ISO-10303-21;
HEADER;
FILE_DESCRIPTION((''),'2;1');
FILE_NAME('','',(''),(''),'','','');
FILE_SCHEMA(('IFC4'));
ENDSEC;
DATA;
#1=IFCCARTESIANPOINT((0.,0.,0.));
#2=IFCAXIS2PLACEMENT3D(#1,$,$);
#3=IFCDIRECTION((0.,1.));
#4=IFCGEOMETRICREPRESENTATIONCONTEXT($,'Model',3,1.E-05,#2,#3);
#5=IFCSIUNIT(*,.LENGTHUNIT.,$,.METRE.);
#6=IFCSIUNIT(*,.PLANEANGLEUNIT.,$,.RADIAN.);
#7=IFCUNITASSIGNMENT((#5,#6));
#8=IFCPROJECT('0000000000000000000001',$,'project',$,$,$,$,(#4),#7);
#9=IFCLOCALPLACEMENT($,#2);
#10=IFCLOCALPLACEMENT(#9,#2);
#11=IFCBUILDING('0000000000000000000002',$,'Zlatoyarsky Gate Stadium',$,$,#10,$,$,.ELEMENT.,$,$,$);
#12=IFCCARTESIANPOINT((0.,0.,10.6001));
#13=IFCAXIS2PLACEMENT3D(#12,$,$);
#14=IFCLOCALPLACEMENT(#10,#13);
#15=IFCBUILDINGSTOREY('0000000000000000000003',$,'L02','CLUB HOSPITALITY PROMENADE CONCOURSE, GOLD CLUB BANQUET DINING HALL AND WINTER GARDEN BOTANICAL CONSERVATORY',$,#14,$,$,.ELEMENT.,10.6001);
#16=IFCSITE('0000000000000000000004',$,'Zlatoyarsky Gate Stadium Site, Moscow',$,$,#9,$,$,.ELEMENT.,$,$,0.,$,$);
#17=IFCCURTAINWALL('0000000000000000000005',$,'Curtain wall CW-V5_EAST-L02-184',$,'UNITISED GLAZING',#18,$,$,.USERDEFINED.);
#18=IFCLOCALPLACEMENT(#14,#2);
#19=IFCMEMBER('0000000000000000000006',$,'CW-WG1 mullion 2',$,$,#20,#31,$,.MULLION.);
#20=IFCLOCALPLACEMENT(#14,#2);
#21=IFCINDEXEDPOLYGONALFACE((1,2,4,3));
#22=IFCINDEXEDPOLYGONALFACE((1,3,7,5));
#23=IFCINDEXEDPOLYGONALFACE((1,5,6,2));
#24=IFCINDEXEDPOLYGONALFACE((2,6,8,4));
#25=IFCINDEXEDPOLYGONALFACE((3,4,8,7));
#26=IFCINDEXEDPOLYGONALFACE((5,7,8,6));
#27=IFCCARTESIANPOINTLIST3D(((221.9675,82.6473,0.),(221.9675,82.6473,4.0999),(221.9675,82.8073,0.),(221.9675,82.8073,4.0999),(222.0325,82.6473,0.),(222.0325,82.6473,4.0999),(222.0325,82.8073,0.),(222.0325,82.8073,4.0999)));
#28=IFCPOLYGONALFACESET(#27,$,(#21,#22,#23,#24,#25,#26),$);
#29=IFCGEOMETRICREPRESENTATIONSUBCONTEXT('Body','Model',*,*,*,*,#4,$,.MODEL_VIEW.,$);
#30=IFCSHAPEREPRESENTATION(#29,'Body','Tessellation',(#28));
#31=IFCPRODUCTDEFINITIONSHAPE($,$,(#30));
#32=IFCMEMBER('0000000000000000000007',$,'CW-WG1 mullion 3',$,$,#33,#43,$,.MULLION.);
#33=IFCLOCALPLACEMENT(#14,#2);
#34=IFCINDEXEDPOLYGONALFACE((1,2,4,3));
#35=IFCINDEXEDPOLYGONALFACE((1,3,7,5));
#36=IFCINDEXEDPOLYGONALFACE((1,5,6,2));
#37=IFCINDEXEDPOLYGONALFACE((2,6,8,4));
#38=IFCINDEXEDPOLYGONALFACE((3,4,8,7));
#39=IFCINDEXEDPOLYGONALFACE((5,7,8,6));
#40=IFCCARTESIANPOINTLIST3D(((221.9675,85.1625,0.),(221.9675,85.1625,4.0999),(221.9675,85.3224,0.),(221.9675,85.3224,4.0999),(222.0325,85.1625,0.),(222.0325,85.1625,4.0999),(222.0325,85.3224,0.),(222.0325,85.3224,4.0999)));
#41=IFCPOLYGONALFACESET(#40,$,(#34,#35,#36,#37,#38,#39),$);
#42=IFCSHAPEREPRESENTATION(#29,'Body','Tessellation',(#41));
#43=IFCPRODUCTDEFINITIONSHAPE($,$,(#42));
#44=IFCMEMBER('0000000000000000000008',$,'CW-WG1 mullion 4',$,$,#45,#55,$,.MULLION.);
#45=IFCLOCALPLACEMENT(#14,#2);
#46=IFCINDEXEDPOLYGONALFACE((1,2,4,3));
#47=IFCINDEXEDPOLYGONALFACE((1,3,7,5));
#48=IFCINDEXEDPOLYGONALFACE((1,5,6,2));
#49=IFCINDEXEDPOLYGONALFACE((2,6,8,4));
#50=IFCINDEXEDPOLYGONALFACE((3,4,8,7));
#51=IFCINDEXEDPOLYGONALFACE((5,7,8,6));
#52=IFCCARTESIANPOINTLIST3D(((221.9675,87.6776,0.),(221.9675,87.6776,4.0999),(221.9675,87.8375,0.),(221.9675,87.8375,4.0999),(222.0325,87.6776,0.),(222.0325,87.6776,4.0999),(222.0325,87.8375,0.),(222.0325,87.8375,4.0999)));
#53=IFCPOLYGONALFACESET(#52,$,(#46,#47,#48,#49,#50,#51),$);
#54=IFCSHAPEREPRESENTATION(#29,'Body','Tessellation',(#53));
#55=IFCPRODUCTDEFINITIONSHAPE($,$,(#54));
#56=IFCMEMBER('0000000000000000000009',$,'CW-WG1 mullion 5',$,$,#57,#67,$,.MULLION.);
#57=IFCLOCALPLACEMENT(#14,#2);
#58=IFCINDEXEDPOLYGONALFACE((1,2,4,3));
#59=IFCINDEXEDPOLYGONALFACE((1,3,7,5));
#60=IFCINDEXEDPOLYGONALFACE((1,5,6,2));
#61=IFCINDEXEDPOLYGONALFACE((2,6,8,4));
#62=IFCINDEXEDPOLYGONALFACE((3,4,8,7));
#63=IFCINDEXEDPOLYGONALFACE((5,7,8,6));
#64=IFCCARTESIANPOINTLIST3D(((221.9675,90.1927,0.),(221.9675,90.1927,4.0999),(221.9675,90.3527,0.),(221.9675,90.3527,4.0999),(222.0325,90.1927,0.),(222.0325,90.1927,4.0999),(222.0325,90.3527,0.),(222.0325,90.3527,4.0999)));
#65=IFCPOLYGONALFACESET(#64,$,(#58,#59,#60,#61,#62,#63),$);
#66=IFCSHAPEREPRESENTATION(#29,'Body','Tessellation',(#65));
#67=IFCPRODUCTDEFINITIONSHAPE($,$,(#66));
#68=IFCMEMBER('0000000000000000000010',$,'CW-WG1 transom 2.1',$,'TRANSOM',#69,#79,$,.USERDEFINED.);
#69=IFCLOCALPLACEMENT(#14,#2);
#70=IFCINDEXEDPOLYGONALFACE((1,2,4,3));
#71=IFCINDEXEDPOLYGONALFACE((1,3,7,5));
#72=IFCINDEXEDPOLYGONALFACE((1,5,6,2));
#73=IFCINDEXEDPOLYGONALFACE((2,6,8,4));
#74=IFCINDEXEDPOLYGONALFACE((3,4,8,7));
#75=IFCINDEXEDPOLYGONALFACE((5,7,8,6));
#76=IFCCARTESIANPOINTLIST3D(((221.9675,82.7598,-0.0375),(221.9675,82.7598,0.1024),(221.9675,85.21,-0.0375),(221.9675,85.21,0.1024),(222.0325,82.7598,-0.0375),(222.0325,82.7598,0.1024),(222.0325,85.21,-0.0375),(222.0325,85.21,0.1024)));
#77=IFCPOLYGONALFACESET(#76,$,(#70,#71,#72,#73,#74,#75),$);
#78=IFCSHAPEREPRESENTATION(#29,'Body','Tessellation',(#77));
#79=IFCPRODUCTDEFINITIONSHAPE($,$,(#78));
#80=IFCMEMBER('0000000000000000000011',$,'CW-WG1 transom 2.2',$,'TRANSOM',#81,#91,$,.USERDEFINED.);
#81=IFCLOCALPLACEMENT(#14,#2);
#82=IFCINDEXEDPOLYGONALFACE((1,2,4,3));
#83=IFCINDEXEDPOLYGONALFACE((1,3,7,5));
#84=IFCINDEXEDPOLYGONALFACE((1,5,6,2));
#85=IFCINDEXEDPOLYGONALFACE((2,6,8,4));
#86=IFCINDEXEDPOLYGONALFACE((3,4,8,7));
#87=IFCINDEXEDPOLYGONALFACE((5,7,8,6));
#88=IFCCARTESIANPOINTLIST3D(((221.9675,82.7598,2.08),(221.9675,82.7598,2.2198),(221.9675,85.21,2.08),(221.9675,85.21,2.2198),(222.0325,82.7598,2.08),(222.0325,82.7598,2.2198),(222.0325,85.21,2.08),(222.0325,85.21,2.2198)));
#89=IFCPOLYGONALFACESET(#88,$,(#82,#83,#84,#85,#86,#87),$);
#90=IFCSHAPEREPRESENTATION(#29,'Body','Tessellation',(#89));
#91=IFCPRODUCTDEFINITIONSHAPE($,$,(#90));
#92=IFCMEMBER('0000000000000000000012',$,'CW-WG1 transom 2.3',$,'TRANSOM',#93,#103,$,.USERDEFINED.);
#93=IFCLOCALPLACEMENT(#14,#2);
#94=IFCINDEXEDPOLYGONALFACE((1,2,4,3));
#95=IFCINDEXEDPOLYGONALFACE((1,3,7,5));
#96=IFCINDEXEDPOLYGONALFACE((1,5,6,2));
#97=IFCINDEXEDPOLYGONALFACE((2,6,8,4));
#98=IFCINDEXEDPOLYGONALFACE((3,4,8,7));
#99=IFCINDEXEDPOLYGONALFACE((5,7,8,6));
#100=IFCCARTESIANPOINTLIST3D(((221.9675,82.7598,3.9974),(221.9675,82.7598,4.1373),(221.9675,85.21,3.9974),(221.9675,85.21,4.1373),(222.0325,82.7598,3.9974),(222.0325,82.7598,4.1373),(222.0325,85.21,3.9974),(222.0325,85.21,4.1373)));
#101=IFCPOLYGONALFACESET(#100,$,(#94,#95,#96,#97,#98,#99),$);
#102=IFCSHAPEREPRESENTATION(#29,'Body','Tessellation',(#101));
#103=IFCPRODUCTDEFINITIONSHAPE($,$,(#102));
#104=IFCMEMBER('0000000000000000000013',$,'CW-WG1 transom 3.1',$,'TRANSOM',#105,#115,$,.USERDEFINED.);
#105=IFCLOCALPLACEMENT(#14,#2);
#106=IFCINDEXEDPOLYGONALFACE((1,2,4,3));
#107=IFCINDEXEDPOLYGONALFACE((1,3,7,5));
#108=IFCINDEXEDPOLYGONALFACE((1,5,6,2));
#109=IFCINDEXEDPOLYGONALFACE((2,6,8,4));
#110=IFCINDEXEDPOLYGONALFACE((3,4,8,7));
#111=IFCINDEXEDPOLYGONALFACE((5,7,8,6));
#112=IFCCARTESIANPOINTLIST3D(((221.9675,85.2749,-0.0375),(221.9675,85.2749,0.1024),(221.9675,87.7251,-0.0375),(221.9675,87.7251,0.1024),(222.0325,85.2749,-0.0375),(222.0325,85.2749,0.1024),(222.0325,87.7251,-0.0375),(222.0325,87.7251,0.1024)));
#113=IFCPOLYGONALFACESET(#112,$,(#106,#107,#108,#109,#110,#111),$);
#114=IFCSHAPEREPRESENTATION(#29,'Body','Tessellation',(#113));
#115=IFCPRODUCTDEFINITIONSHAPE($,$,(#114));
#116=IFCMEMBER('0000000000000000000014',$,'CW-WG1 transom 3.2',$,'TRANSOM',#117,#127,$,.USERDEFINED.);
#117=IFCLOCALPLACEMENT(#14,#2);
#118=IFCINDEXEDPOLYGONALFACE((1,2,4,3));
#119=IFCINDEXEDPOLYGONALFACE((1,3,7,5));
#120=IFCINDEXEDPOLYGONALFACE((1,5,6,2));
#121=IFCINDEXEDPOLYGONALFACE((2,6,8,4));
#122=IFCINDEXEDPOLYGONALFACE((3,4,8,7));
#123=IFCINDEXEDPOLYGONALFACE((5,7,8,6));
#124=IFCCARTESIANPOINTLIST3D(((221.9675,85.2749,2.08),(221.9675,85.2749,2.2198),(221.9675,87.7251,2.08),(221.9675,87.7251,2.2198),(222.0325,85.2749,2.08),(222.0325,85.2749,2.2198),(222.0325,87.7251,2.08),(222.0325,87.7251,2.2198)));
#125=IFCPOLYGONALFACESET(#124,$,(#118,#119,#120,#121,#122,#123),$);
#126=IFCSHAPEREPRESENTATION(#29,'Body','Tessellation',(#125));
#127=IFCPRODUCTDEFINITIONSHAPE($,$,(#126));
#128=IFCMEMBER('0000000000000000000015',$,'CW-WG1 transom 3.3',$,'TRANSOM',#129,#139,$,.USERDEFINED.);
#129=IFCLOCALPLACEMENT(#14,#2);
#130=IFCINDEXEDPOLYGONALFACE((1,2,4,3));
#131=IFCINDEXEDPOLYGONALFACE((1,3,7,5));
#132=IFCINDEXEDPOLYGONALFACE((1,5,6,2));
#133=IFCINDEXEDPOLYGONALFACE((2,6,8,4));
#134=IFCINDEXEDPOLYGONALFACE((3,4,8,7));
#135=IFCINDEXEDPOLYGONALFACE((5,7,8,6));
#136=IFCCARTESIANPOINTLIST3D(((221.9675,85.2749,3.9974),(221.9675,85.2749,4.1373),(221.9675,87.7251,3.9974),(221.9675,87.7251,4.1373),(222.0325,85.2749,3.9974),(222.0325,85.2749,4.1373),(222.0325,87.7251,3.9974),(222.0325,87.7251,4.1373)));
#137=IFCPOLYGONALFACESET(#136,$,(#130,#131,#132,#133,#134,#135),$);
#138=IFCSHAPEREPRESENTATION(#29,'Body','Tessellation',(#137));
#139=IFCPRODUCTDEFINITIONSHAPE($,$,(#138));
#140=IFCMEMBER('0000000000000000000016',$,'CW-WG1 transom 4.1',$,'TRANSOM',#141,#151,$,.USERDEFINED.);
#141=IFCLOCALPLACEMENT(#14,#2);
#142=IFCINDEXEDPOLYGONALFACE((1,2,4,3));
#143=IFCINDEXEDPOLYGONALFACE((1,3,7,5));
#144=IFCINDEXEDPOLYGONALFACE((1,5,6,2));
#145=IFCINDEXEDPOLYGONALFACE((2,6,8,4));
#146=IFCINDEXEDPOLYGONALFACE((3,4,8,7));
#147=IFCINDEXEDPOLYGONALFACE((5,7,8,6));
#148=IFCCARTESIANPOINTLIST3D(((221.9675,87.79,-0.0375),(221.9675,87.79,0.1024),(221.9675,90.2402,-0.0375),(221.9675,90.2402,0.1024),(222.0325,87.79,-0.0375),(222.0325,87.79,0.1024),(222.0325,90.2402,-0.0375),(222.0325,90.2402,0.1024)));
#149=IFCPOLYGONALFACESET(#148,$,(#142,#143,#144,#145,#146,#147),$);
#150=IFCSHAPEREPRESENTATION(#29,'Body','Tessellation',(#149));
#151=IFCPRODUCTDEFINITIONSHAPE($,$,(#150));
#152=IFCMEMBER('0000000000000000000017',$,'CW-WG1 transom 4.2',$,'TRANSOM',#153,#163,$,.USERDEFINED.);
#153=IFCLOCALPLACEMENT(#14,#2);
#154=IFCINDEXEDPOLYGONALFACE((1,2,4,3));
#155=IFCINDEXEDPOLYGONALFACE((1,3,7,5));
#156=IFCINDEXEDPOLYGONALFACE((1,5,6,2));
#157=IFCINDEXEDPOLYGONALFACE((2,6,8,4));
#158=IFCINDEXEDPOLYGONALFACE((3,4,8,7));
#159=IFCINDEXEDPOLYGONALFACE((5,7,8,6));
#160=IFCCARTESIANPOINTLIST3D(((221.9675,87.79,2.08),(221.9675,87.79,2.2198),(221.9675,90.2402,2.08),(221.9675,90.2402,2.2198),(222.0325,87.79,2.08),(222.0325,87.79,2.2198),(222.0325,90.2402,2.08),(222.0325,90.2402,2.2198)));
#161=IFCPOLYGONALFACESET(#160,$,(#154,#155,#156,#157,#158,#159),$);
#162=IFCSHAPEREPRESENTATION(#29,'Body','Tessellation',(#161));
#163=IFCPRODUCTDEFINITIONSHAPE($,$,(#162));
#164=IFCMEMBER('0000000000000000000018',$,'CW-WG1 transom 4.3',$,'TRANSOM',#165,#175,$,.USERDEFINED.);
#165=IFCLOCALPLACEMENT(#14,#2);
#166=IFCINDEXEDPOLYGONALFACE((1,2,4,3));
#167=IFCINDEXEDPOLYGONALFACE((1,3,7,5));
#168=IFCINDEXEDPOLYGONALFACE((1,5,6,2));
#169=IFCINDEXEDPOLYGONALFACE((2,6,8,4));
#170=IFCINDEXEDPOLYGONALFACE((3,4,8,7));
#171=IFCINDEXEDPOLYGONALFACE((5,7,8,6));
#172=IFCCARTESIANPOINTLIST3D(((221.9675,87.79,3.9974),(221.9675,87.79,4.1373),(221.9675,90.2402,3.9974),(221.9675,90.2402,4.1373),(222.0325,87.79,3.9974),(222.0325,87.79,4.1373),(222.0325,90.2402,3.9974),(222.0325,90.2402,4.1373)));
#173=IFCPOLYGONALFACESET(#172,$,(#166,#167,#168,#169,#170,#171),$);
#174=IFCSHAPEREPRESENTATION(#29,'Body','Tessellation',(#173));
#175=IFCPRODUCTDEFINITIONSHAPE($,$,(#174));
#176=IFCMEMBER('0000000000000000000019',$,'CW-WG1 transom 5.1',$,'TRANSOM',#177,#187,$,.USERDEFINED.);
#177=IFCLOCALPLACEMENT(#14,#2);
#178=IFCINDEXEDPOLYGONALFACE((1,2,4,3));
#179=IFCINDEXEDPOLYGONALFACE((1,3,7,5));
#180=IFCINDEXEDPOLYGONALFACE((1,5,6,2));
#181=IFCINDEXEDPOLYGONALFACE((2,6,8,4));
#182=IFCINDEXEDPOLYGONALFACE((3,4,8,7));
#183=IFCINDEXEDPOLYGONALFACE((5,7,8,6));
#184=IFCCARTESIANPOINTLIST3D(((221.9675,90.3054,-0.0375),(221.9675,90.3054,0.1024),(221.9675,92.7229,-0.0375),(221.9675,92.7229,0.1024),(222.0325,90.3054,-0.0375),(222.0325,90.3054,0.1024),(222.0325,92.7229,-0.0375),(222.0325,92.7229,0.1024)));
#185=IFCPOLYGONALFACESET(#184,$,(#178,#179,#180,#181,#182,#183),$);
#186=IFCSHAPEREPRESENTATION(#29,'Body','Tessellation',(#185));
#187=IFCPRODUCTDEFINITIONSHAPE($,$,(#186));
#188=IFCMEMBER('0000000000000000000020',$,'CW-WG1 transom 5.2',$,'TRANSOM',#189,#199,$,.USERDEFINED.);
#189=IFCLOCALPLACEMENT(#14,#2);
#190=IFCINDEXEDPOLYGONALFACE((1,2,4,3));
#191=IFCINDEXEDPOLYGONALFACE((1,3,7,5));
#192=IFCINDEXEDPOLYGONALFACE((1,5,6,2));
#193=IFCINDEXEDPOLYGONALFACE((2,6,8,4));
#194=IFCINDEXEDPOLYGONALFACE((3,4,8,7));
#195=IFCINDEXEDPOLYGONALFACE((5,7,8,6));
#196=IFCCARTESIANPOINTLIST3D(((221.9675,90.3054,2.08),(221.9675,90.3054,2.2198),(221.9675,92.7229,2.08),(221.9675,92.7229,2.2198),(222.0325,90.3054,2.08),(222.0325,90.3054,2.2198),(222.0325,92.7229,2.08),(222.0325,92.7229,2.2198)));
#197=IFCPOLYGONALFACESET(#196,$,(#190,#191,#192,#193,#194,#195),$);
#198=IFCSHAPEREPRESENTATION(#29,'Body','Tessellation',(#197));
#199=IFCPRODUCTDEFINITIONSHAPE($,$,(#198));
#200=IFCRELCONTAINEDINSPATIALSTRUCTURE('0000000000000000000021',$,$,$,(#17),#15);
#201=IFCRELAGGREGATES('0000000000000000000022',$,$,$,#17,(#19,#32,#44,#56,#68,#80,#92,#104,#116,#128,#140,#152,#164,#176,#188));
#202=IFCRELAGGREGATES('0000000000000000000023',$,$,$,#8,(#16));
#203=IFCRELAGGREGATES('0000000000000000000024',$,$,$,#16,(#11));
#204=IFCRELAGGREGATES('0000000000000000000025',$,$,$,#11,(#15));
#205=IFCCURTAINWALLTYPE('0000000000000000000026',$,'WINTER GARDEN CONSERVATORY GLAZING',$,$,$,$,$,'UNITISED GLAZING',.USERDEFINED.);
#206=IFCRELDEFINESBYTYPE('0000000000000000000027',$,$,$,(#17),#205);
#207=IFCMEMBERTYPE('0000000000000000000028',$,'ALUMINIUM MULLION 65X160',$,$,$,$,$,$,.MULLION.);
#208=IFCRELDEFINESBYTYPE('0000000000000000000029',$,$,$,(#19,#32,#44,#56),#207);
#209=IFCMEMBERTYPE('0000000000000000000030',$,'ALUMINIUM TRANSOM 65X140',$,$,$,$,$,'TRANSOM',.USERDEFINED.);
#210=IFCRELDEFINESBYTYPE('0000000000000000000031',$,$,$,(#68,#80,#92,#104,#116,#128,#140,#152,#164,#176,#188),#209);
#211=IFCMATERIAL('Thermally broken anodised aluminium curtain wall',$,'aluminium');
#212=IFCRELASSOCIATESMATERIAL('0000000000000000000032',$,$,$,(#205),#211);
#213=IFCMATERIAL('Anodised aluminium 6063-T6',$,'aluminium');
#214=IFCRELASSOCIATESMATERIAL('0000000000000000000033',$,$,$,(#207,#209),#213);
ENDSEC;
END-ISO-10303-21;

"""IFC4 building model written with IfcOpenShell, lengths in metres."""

from ifc_helpers import new_model, si_unit, direction, frame, origin, origin_2d, place, context, subcontext, project, spatial, rectangle, extrude, material, material_profile, profile_set, type_object, element, aggregate, save


model = new_model("IFC4")

# Units and contexts
model_context = context("Model", 3, precision=1e-05, world=origin(), true_north=direction((0.0, 1.0)))
body_context = subcontext(model_context, "Body", "Model", "MODEL_VIEW")
ifc_project = project(units=[si_unit("LENGTHUNIT", "METRE"), si_unit("PLANEANGLEUNIT", "RADIAN")], contexts=[model_context])

# Site, building, storey
site_placement = place(None, origin())
site = spatial("IfcSite", under=ifc_project, at=site_placement, Name="Zlatoyarsky Gate Stadium Site, Moscow", CompositionType="ELEMENT", RefElevation=0.0)
building_placement = place(site_placement, origin())
building = spatial("IfcBuilding", under=site, at=building_placement, Name="Zlatoyarsky Gate Stadium", CompositionType="ELEMENT")
storey_placement = place(building_placement, frame((0.0, 0.0, 10.6001)))
storey = spatial("IfcBuildingStorey", under=building, at=storey_placement, Name="L02", Description="CLUB HOSPITALITY PROMENADE CONCOURSE, GOLD CLUB BANQUET DINING HALL AND WINTER GARDEN BOTANICAL CONSERVATORY", CompositionType="ELEMENT", Elevation=10.6001)

# Curtain wall, members
ifc_material_1 = material(Name="Thermally broken anodised aluminium curtain wall", Category="aluminium")
curtain_wall_type = type_object("IfcCurtainWallType", Name="WINTER GARDEN CONSERVATORY GLAZING", ElementType="UNITISED GLAZING", PredefinedType="USERDEFINED", material=ifc_material_1)
curtain_wall_placement = place(storey_placement, origin())
curtain_wall = element("IfcCurtainWall", 1, at=curtain_wall_placement, inside=storey, type_object=curtain_wall_type, Name="Curtain wall CW-V5_EAST-L02-184", ObjectType="UNITISED GLAZING", PredefinedType="USERDEFINED")
ifc_material_2 = material(Name="Anodised aluminium 6063-T6", Category="aluminium")
ifc_material_profile_1 = material_profile(ifc_material_2, rectangle(XDim=0.0649, YDim=0.1599, at=origin_2d()), Name="ALU 65X160")
ifc_profile_set_1 = profile_set([ifc_material_profile_1], Name="Anodised aluminium 6063-T6")
member_type_1 = type_object("IfcMemberType", Name="ALUMINIUM MULLION 65X160", PredefinedType="MULLION", material=ifc_profile_set_1)
member_1_placement = place(storey_placement, frame((222.0, 82.7273, 0.0), z_axis=(0.0, 0.0, 1.0), x_axis=(-1.0, 0.0, 0.0)))
member_1 = element("IfcMember", 2, at=member_1_placement, type_object=member_type_1, Name="CW-WG1 mullion 2", PredefinedType="MULLION", context=body_context, shape_type="SweptSolid", body=[
    extrude(rectangle(XDim=0.0649, YDim=0.1599, at=origin_2d()), origin(), (0.0, 0.0, 1.0), 4.0999),
])
member_2_placement = place(storey_placement, frame((222.0, 85.2424, 0.0), z_axis=(0.0, 0.0, 1.0), x_axis=(-1.0, 0.0, 0.0)))
member_2 = element("IfcMember", 3, at=member_2_placement, type_object=member_type_1, Name="CW-WG1 mullion 3", PredefinedType="MULLION", context=body_context, shape_type="SweptSolid", body=[
    extrude(rectangle(XDim=0.0649, YDim=0.1599, at=origin_2d()), origin(), (0.0, 0.0, 1.0), 4.0999),
])
member_3_placement = place(storey_placement, frame((222.0, 87.7576, 0.0), z_axis=(0.0, 0.0, 1.0), x_axis=(-1.0, 0.0, 0.0)))
member_3 = element("IfcMember", 4, at=member_3_placement, type_object=member_type_1, Name="CW-WG1 mullion 4", PredefinedType="MULLION", context=body_context, shape_type="SweptSolid", body=[
    extrude(rectangle(XDim=0.0649, YDim=0.1599, at=origin_2d()), origin(), (0.0, 0.0, 1.0), 4.0999),
])
member_4_placement = place(storey_placement, frame((222.0, 90.2727, 0.0), z_axis=(0.0, 0.0, 1.0), x_axis=(-1.0, 0.0, 0.0)))
member_4 = element("IfcMember", 5, at=member_4_placement, type_object=member_type_1, Name="CW-WG1 mullion 5", PredefinedType="MULLION", context=body_context, shape_type="SweptSolid", body=[
    extrude(rectangle(XDim=0.0649, YDim=0.1599, at=origin_2d()), origin(), (0.0, 0.0, 1.0), 4.0999),
])
ifc_material_profile_2 = material_profile(ifc_material_2, rectangle(XDim=0.0649, YDim=0.1399, at=origin_2d()), Name="ALU 65X140")
ifc_profile_set_2 = profile_set([ifc_material_profile_2], Name="Anodised aluminium 6063-T6")
member_type_2 = type_object("IfcMemberType", Name="ALUMINIUM TRANSOM 65X140", ElementType="TRANSOM", PredefinedType="USERDEFINED", material=ifc_profile_set_2)
member_5_placement = place(storey_placement, frame((222.0, 82.7598, 0.0325), z_axis=(0.0, 1.0, 0.0), x_axis=(-1.0, 0.0, 0.0)))
member_5 = element("IfcMember", 6, at=member_5_placement, type_object=member_type_2, Name="CW-WG1 transom 2.1", ObjectType="TRANSOM", PredefinedType="USERDEFINED", context=body_context, shape_type="SweptSolid", body=[
    extrude(rectangle(XDim=0.0649, YDim=0.1399, at=origin_2d()), origin(), (0.0, 0.0, 1.0), 2.4502),
])
member_6_placement = place(storey_placement, frame((222.0, 82.7598, 2.1499), z_axis=(0.0, 1.0, 0.0), x_axis=(-1.0, 0.0, 0.0)))
member_6 = element("IfcMember", 7, at=member_6_placement, type_object=member_type_2, Name="CW-WG1 transom 2.2", ObjectType="TRANSOM", PredefinedType="USERDEFINED", context=body_context, shape_type="SweptSolid", body=[
    extrude(rectangle(XDim=0.0649, YDim=0.1399, at=origin_2d()), origin(), (0.0, 0.0, 1.0), 2.4502),
])
member_7_placement = place(storey_placement, frame((222.0, 82.7598, 4.0674), z_axis=(0.0, 1.0, 0.0), x_axis=(-1.0, 0.0, 0.0)))
member_7 = element("IfcMember", 8, at=member_7_placement, type_object=member_type_2, Name="CW-WG1 transom 2.3", ObjectType="TRANSOM", PredefinedType="USERDEFINED", context=body_context, shape_type="SweptSolid", body=[
    extrude(rectangle(XDim=0.0649, YDim=0.1399, at=origin_2d()), origin(), (0.0, 0.0, 1.0), 2.4502),
])
member_8_placement = place(storey_placement, frame((222.0, 85.2749, 0.0325), z_axis=(0.0, 1.0, 0.0), x_axis=(-1.0, 0.0, 0.0)))
member_8 = element("IfcMember", 9, at=member_8_placement, type_object=member_type_2, Name="CW-WG1 transom 3.1", ObjectType="TRANSOM", PredefinedType="USERDEFINED", context=body_context, shape_type="SweptSolid", body=[
    extrude(rectangle(XDim=0.0649, YDim=0.1399, at=origin_2d()), origin(), (0.0, 0.0, 1.0), 2.4502),
])
member_9_placement = place(storey_placement, frame((222.0, 85.2749, 2.1499), z_axis=(0.0, 1.0, 0.0), x_axis=(-1.0, 0.0, 0.0)))
member_9 = element("IfcMember", 10, at=member_9_placement, type_object=member_type_2, Name="CW-WG1 transom 3.2", ObjectType="TRANSOM", PredefinedType="USERDEFINED", context=body_context, shape_type="SweptSolid", body=[
    extrude(rectangle(XDim=0.0649, YDim=0.1399, at=origin_2d()), origin(), (0.0, 0.0, 1.0), 2.4502),
])
member_10_placement = place(storey_placement, frame((222.0, 85.2749, 4.0674), z_axis=(0.0, 1.0, 0.0), x_axis=(-1.0, 0.0, 0.0)))
member_10 = element("IfcMember", 11, at=member_10_placement, type_object=member_type_2, Name="CW-WG1 transom 3.3", ObjectType="TRANSOM", PredefinedType="USERDEFINED", context=body_context, shape_type="SweptSolid", body=[
    extrude(rectangle(XDim=0.0649, YDim=0.1399, at=origin_2d()), origin(), (0.0, 0.0, 1.0), 2.4502),
])
member_11_placement = place(storey_placement, frame((222.0, 87.79, 0.0325), z_axis=(0.0, 1.0, 0.0), x_axis=(-1.0, 0.0, 0.0)))
member_11 = element("IfcMember", 12, at=member_11_placement, type_object=member_type_2, Name="CW-WG1 transom 4.1", ObjectType="TRANSOM", PredefinedType="USERDEFINED", context=body_context, shape_type="SweptSolid", body=[
    extrude(rectangle(XDim=0.0649, YDim=0.1399, at=origin_2d()), origin(), (0.0, 0.0, 1.0), 2.4502),
])
member_12_placement = place(storey_placement, frame((222.0, 87.79, 2.1499), z_axis=(0.0, 1.0, 0.0), x_axis=(-1.0, 0.0, 0.0)))
member_12 = element("IfcMember", 13, at=member_12_placement, type_object=member_type_2, Name="CW-WG1 transom 4.2", ObjectType="TRANSOM", PredefinedType="USERDEFINED", context=body_context, shape_type="SweptSolid", body=[
    extrude(rectangle(XDim=0.0649, YDim=0.1399, at=origin_2d()), origin(), (0.0, 0.0, 1.0), 2.4502),
])
member_13_placement = place(storey_placement, frame((222.0, 87.79, 4.0674), z_axis=(0.0, 1.0, 0.0), x_axis=(-1.0, 0.0, 0.0)))
member_13 = element("IfcMember", 14, at=member_13_placement, type_object=member_type_2, Name="CW-WG1 transom 4.3", ObjectType="TRANSOM", PredefinedType="USERDEFINED", context=body_context, shape_type="SweptSolid", body=[
    extrude(rectangle(XDim=0.0649, YDim=0.1399, at=origin_2d()), origin(), (0.0, 0.0, 1.0), 2.4502),
])
member_14_placement = place(storey_placement, frame((222.0, 90.3054, 0.0325), z_axis=(0.0, 1.0, 0.0), x_axis=(-1.0, 0.0, 0.0)))
member_14 = element("IfcMember", 15, at=member_14_placement, type_object=member_type_2, Name="CW-WG1 transom 5.1", ObjectType="TRANSOM", PredefinedType="USERDEFINED", context=body_context, shape_type="SweptSolid", body=[
    extrude(rectangle(XDim=0.0649, YDim=0.1399, at=origin_2d()), origin(), (0.0, 0.0, 1.0), 2.4175),
])
member_15_placement = place(storey_placement, frame((222.0, 90.3054, 2.1499), z_axis=(0.0, 1.0, 0.0), x_axis=(-1.0, 0.0, 0.0)))
member_15 = element("IfcMember", 16, at=member_15_placement, type_object=member_type_2, Name="CW-WG1 transom 5.2", ObjectType="TRANSOM", PredefinedType="USERDEFINED", context=body_context, shape_type="SweptSolid", body=[
    extrude(rectangle(XDim=0.0649, YDim=0.1399, at=origin_2d()), origin(), (0.0, 0.0, 1.0), 2.4175),
])
aggregate(curtain_wall, [member_1, member_2, member_3, member_4, member_5, member_6, member_7, member_8, member_9, member_10, member_11, member_12, member_13, member_14, member_15])

save(model, "model.ifc")
